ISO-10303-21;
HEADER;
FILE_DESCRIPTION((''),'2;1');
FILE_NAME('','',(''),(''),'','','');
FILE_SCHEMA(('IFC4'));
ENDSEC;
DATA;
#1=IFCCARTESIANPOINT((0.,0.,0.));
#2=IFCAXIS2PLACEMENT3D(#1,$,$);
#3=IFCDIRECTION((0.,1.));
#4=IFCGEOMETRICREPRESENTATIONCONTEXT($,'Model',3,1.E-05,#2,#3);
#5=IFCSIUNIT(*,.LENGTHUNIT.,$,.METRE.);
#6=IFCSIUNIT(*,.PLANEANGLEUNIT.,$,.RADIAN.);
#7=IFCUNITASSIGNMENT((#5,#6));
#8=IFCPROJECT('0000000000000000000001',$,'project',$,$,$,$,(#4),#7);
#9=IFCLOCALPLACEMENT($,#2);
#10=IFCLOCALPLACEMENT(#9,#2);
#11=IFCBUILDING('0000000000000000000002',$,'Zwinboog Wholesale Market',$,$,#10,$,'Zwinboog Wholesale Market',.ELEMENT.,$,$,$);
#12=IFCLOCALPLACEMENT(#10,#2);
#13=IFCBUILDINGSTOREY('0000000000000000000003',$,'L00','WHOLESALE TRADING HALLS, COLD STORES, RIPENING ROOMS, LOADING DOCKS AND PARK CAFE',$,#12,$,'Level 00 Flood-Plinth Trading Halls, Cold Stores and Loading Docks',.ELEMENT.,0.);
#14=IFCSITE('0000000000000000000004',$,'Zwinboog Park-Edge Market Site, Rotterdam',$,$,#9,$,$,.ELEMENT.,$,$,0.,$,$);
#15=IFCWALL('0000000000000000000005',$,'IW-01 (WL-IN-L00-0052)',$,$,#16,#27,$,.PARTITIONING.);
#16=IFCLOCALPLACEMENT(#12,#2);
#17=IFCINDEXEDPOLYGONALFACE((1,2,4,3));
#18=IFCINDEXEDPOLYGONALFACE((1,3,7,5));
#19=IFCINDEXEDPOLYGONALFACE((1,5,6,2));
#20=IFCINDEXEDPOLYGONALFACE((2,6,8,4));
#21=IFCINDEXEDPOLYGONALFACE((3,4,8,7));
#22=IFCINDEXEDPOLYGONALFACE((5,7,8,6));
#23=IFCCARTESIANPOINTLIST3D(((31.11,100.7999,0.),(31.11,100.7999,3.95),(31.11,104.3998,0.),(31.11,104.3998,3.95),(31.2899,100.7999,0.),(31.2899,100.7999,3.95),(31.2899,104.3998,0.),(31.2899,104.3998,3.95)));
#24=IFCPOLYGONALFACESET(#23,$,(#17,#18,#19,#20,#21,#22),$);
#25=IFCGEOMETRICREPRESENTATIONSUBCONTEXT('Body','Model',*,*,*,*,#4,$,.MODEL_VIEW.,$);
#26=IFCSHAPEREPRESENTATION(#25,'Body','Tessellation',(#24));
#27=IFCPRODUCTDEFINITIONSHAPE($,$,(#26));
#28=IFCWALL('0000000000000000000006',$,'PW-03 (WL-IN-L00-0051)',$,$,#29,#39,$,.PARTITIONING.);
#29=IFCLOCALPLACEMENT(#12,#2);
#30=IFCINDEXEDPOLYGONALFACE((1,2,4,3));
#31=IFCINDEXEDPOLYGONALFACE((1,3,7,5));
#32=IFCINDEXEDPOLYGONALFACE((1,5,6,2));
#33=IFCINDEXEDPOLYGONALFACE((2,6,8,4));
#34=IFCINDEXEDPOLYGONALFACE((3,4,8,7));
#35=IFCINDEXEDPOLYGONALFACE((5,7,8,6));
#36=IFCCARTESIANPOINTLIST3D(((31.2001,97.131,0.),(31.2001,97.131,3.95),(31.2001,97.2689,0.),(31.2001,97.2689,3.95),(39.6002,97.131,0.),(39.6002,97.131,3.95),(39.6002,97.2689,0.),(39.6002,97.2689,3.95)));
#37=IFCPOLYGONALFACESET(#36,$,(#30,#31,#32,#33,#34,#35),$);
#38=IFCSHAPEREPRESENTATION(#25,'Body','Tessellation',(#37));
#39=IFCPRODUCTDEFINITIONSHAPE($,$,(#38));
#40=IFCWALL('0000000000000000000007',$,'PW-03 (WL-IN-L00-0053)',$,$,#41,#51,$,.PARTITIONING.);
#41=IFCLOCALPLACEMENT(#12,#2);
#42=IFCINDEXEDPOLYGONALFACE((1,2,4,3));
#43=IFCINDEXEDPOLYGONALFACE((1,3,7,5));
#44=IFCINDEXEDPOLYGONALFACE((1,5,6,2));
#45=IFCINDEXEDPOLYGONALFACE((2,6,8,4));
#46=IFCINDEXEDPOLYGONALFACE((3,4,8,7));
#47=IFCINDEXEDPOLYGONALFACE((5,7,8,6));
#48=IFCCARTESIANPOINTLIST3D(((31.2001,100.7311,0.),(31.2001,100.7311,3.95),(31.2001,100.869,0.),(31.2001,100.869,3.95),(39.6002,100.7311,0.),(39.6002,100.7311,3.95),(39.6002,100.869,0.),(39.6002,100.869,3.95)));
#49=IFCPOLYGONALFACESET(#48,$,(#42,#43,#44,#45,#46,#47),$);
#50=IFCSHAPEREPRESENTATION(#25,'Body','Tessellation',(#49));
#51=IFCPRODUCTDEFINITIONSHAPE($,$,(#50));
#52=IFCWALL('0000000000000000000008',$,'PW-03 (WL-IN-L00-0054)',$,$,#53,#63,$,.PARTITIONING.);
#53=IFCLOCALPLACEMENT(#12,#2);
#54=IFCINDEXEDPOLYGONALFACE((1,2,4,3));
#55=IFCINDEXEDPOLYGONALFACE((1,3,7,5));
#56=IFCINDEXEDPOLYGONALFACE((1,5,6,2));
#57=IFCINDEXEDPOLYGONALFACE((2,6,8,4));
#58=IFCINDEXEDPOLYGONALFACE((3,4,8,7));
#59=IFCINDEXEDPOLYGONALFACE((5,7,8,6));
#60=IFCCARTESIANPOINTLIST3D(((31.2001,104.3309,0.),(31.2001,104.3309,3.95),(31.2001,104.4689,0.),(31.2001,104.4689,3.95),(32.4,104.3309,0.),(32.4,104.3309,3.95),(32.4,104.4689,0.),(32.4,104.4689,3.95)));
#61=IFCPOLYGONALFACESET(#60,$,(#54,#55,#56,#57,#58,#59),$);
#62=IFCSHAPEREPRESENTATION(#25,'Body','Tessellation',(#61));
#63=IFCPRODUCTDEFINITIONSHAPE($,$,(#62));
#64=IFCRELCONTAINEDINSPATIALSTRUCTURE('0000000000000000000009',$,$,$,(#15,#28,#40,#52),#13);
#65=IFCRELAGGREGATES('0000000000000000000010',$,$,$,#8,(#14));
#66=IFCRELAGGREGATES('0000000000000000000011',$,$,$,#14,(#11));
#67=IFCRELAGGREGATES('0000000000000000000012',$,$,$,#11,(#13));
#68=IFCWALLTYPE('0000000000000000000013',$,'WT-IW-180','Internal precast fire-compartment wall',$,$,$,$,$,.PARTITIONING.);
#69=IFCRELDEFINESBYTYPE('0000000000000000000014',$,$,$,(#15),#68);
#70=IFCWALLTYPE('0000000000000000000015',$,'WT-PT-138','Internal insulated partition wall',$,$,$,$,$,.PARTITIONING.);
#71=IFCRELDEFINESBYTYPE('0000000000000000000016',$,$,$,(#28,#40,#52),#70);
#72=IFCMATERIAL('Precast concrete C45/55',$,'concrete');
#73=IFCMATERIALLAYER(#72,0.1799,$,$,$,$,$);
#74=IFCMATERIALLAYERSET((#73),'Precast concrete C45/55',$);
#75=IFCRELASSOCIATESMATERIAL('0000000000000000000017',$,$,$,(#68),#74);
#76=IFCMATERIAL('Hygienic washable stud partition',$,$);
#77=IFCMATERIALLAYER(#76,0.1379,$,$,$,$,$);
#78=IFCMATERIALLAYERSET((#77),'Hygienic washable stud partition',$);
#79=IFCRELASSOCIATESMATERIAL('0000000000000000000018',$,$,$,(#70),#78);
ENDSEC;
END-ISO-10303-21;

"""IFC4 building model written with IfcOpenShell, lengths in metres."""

from ifc_helpers import new_model, si_unit, direction, frame, frame_2d, origin, place, context, subcontext, project, spatial, rectangle, extrude, material, layer, layer_set, type_object, element, save


model = new_model("IFC4")

# Units and contexts
model_context = context("Model", 3, precision=1e-05, world=origin(), true_north=direction((0.0, 1.0)))
body_context = subcontext(model_context, "Body", "Model", "MODEL_VIEW")
ifc_project = project(units=[si_unit("LENGTHUNIT", "METRE"), si_unit("PLANEANGLEUNIT", "RADIAN")], contexts=[model_context])

# Site, building, storey
site_placement = place(None, origin())
site = spatial("IfcSite", under=ifc_project, at=site_placement, Name="Zwinboog Park-Edge Market Site, Rotterdam", CompositionType="ELEMENT", RefElevation=0.0)
building_placement = place(site_placement, origin())
building = spatial("IfcBuilding", under=site, at=building_placement, Name="Zwinboog Wholesale Market", LongName="Zwinboog Wholesale Market", CompositionType="ELEMENT")
storey_placement = place(building_placement, origin())
storey = spatial("IfcBuildingStorey", under=building, at=storey_placement, Name="L00", Description="WHOLESALE TRADING HALLS, COLD STORES, RIPENING ROOMS, LOADING DOCKS AND PARK CAFE", LongName="Level 00 Flood-Plinth Trading Halls, Cold Stores and Loading Docks", CompositionType="ELEMENT", Elevation=0.0)

# Shared definitions
ifc_material_1 = material(Name="Precast concrete C45/55", Category="concrete")

# Walls
ifc_layer_1 = layer(ifc_material_1, 0.1799)
ifc_layer_set_1 = layer_set([ifc_layer_1], Name="Precast concrete C45/55")
wall_type_1 = type_object("IfcWallType", Name="WT-IW-180", Description="Internal precast fire-compartment wall", PredefinedType="PARTITIONING", material=ifc_layer_set_1)
wall_1_placement = place(storey_placement, frame((31.2, 100.8, 0.0), z_axis=(0.0, 0.0, 1.0), x_axis=(0.0, 1.0, 0.0)))
element("IfcWall", 1, at=wall_1_placement, inside=storey, type_object=wall_type_1, Name="IW-01 (WL-IN-L00-0052)", PredefinedType="PARTITIONING", context=body_context, shape_type="SweptSolid", body=[
    extrude(rectangle(XDim=3.5999, YDim=0.1799, at=frame_2d((1.7998, 0.0))), origin(), (0.0, 0.0, 1.0), 3.95),
])
ifc_material_2 = material(Name="Hygienic washable stud partition")
ifc_layer_2 = layer(ifc_material_2, 0.1379)
ifc_layer_set_2 = layer_set([ifc_layer_2], Name="Hygienic washable stud partition")
wall_type_2 = type_object("IfcWallType", Name="WT-PT-138", Description="Internal insulated partition wall", PredefinedType="PARTITIONING", material=ifc_layer_set_2)
for number, where, z_axis, x_axis, name in (
    (2, (31.2, 97.2, 0.0), (0.0, 0.0, 1.0), (1.0, 0.0, 0.0), "PW-03 (WL-IN-L00-0051)"),
    (3, (31.2, 100.8, 0.0), (0.0, 0.0, 1.0), (1.0, 0.0, 0.0), "PW-03 (WL-IN-L00-0053)"),
):
    element("IfcWall", number, at=place(storey_placement, frame(where, z_axis=z_axis, x_axis=x_axis)), inside=storey, type_object=wall_type_2, Name=name, PredefinedType="PARTITIONING", context=body_context, shape_type="SweptSolid", body=[
        extrude(rectangle(XDim=8.4001, YDim=0.1379, at=frame_2d((4.2002, 0.0))), origin(), (0.0, 0.0, 1.0), 3.95),
    ])
wall_2_placement = place(storey_placement, frame((31.2, 104.3999, 0.0), z_axis=(0.0, 0.0, 1.0), x_axis=(1.0, 0.0, 0.0)))
element("IfcWall", 4, at=wall_2_placement, inside=storey, type_object=wall_type_2, Name="PW-03 (WL-IN-L00-0054)", PredefinedType="PARTITIONING", context=body_context, shape_type="SweptSolid", body=[
    extrude(rectangle(XDim=1.2, YDim=0.1379, at=frame_2d((0.6001, 0.0))), origin(), (0.0, 0.0, 1.0), 3.95),
])

save(model, "model.ifc")
